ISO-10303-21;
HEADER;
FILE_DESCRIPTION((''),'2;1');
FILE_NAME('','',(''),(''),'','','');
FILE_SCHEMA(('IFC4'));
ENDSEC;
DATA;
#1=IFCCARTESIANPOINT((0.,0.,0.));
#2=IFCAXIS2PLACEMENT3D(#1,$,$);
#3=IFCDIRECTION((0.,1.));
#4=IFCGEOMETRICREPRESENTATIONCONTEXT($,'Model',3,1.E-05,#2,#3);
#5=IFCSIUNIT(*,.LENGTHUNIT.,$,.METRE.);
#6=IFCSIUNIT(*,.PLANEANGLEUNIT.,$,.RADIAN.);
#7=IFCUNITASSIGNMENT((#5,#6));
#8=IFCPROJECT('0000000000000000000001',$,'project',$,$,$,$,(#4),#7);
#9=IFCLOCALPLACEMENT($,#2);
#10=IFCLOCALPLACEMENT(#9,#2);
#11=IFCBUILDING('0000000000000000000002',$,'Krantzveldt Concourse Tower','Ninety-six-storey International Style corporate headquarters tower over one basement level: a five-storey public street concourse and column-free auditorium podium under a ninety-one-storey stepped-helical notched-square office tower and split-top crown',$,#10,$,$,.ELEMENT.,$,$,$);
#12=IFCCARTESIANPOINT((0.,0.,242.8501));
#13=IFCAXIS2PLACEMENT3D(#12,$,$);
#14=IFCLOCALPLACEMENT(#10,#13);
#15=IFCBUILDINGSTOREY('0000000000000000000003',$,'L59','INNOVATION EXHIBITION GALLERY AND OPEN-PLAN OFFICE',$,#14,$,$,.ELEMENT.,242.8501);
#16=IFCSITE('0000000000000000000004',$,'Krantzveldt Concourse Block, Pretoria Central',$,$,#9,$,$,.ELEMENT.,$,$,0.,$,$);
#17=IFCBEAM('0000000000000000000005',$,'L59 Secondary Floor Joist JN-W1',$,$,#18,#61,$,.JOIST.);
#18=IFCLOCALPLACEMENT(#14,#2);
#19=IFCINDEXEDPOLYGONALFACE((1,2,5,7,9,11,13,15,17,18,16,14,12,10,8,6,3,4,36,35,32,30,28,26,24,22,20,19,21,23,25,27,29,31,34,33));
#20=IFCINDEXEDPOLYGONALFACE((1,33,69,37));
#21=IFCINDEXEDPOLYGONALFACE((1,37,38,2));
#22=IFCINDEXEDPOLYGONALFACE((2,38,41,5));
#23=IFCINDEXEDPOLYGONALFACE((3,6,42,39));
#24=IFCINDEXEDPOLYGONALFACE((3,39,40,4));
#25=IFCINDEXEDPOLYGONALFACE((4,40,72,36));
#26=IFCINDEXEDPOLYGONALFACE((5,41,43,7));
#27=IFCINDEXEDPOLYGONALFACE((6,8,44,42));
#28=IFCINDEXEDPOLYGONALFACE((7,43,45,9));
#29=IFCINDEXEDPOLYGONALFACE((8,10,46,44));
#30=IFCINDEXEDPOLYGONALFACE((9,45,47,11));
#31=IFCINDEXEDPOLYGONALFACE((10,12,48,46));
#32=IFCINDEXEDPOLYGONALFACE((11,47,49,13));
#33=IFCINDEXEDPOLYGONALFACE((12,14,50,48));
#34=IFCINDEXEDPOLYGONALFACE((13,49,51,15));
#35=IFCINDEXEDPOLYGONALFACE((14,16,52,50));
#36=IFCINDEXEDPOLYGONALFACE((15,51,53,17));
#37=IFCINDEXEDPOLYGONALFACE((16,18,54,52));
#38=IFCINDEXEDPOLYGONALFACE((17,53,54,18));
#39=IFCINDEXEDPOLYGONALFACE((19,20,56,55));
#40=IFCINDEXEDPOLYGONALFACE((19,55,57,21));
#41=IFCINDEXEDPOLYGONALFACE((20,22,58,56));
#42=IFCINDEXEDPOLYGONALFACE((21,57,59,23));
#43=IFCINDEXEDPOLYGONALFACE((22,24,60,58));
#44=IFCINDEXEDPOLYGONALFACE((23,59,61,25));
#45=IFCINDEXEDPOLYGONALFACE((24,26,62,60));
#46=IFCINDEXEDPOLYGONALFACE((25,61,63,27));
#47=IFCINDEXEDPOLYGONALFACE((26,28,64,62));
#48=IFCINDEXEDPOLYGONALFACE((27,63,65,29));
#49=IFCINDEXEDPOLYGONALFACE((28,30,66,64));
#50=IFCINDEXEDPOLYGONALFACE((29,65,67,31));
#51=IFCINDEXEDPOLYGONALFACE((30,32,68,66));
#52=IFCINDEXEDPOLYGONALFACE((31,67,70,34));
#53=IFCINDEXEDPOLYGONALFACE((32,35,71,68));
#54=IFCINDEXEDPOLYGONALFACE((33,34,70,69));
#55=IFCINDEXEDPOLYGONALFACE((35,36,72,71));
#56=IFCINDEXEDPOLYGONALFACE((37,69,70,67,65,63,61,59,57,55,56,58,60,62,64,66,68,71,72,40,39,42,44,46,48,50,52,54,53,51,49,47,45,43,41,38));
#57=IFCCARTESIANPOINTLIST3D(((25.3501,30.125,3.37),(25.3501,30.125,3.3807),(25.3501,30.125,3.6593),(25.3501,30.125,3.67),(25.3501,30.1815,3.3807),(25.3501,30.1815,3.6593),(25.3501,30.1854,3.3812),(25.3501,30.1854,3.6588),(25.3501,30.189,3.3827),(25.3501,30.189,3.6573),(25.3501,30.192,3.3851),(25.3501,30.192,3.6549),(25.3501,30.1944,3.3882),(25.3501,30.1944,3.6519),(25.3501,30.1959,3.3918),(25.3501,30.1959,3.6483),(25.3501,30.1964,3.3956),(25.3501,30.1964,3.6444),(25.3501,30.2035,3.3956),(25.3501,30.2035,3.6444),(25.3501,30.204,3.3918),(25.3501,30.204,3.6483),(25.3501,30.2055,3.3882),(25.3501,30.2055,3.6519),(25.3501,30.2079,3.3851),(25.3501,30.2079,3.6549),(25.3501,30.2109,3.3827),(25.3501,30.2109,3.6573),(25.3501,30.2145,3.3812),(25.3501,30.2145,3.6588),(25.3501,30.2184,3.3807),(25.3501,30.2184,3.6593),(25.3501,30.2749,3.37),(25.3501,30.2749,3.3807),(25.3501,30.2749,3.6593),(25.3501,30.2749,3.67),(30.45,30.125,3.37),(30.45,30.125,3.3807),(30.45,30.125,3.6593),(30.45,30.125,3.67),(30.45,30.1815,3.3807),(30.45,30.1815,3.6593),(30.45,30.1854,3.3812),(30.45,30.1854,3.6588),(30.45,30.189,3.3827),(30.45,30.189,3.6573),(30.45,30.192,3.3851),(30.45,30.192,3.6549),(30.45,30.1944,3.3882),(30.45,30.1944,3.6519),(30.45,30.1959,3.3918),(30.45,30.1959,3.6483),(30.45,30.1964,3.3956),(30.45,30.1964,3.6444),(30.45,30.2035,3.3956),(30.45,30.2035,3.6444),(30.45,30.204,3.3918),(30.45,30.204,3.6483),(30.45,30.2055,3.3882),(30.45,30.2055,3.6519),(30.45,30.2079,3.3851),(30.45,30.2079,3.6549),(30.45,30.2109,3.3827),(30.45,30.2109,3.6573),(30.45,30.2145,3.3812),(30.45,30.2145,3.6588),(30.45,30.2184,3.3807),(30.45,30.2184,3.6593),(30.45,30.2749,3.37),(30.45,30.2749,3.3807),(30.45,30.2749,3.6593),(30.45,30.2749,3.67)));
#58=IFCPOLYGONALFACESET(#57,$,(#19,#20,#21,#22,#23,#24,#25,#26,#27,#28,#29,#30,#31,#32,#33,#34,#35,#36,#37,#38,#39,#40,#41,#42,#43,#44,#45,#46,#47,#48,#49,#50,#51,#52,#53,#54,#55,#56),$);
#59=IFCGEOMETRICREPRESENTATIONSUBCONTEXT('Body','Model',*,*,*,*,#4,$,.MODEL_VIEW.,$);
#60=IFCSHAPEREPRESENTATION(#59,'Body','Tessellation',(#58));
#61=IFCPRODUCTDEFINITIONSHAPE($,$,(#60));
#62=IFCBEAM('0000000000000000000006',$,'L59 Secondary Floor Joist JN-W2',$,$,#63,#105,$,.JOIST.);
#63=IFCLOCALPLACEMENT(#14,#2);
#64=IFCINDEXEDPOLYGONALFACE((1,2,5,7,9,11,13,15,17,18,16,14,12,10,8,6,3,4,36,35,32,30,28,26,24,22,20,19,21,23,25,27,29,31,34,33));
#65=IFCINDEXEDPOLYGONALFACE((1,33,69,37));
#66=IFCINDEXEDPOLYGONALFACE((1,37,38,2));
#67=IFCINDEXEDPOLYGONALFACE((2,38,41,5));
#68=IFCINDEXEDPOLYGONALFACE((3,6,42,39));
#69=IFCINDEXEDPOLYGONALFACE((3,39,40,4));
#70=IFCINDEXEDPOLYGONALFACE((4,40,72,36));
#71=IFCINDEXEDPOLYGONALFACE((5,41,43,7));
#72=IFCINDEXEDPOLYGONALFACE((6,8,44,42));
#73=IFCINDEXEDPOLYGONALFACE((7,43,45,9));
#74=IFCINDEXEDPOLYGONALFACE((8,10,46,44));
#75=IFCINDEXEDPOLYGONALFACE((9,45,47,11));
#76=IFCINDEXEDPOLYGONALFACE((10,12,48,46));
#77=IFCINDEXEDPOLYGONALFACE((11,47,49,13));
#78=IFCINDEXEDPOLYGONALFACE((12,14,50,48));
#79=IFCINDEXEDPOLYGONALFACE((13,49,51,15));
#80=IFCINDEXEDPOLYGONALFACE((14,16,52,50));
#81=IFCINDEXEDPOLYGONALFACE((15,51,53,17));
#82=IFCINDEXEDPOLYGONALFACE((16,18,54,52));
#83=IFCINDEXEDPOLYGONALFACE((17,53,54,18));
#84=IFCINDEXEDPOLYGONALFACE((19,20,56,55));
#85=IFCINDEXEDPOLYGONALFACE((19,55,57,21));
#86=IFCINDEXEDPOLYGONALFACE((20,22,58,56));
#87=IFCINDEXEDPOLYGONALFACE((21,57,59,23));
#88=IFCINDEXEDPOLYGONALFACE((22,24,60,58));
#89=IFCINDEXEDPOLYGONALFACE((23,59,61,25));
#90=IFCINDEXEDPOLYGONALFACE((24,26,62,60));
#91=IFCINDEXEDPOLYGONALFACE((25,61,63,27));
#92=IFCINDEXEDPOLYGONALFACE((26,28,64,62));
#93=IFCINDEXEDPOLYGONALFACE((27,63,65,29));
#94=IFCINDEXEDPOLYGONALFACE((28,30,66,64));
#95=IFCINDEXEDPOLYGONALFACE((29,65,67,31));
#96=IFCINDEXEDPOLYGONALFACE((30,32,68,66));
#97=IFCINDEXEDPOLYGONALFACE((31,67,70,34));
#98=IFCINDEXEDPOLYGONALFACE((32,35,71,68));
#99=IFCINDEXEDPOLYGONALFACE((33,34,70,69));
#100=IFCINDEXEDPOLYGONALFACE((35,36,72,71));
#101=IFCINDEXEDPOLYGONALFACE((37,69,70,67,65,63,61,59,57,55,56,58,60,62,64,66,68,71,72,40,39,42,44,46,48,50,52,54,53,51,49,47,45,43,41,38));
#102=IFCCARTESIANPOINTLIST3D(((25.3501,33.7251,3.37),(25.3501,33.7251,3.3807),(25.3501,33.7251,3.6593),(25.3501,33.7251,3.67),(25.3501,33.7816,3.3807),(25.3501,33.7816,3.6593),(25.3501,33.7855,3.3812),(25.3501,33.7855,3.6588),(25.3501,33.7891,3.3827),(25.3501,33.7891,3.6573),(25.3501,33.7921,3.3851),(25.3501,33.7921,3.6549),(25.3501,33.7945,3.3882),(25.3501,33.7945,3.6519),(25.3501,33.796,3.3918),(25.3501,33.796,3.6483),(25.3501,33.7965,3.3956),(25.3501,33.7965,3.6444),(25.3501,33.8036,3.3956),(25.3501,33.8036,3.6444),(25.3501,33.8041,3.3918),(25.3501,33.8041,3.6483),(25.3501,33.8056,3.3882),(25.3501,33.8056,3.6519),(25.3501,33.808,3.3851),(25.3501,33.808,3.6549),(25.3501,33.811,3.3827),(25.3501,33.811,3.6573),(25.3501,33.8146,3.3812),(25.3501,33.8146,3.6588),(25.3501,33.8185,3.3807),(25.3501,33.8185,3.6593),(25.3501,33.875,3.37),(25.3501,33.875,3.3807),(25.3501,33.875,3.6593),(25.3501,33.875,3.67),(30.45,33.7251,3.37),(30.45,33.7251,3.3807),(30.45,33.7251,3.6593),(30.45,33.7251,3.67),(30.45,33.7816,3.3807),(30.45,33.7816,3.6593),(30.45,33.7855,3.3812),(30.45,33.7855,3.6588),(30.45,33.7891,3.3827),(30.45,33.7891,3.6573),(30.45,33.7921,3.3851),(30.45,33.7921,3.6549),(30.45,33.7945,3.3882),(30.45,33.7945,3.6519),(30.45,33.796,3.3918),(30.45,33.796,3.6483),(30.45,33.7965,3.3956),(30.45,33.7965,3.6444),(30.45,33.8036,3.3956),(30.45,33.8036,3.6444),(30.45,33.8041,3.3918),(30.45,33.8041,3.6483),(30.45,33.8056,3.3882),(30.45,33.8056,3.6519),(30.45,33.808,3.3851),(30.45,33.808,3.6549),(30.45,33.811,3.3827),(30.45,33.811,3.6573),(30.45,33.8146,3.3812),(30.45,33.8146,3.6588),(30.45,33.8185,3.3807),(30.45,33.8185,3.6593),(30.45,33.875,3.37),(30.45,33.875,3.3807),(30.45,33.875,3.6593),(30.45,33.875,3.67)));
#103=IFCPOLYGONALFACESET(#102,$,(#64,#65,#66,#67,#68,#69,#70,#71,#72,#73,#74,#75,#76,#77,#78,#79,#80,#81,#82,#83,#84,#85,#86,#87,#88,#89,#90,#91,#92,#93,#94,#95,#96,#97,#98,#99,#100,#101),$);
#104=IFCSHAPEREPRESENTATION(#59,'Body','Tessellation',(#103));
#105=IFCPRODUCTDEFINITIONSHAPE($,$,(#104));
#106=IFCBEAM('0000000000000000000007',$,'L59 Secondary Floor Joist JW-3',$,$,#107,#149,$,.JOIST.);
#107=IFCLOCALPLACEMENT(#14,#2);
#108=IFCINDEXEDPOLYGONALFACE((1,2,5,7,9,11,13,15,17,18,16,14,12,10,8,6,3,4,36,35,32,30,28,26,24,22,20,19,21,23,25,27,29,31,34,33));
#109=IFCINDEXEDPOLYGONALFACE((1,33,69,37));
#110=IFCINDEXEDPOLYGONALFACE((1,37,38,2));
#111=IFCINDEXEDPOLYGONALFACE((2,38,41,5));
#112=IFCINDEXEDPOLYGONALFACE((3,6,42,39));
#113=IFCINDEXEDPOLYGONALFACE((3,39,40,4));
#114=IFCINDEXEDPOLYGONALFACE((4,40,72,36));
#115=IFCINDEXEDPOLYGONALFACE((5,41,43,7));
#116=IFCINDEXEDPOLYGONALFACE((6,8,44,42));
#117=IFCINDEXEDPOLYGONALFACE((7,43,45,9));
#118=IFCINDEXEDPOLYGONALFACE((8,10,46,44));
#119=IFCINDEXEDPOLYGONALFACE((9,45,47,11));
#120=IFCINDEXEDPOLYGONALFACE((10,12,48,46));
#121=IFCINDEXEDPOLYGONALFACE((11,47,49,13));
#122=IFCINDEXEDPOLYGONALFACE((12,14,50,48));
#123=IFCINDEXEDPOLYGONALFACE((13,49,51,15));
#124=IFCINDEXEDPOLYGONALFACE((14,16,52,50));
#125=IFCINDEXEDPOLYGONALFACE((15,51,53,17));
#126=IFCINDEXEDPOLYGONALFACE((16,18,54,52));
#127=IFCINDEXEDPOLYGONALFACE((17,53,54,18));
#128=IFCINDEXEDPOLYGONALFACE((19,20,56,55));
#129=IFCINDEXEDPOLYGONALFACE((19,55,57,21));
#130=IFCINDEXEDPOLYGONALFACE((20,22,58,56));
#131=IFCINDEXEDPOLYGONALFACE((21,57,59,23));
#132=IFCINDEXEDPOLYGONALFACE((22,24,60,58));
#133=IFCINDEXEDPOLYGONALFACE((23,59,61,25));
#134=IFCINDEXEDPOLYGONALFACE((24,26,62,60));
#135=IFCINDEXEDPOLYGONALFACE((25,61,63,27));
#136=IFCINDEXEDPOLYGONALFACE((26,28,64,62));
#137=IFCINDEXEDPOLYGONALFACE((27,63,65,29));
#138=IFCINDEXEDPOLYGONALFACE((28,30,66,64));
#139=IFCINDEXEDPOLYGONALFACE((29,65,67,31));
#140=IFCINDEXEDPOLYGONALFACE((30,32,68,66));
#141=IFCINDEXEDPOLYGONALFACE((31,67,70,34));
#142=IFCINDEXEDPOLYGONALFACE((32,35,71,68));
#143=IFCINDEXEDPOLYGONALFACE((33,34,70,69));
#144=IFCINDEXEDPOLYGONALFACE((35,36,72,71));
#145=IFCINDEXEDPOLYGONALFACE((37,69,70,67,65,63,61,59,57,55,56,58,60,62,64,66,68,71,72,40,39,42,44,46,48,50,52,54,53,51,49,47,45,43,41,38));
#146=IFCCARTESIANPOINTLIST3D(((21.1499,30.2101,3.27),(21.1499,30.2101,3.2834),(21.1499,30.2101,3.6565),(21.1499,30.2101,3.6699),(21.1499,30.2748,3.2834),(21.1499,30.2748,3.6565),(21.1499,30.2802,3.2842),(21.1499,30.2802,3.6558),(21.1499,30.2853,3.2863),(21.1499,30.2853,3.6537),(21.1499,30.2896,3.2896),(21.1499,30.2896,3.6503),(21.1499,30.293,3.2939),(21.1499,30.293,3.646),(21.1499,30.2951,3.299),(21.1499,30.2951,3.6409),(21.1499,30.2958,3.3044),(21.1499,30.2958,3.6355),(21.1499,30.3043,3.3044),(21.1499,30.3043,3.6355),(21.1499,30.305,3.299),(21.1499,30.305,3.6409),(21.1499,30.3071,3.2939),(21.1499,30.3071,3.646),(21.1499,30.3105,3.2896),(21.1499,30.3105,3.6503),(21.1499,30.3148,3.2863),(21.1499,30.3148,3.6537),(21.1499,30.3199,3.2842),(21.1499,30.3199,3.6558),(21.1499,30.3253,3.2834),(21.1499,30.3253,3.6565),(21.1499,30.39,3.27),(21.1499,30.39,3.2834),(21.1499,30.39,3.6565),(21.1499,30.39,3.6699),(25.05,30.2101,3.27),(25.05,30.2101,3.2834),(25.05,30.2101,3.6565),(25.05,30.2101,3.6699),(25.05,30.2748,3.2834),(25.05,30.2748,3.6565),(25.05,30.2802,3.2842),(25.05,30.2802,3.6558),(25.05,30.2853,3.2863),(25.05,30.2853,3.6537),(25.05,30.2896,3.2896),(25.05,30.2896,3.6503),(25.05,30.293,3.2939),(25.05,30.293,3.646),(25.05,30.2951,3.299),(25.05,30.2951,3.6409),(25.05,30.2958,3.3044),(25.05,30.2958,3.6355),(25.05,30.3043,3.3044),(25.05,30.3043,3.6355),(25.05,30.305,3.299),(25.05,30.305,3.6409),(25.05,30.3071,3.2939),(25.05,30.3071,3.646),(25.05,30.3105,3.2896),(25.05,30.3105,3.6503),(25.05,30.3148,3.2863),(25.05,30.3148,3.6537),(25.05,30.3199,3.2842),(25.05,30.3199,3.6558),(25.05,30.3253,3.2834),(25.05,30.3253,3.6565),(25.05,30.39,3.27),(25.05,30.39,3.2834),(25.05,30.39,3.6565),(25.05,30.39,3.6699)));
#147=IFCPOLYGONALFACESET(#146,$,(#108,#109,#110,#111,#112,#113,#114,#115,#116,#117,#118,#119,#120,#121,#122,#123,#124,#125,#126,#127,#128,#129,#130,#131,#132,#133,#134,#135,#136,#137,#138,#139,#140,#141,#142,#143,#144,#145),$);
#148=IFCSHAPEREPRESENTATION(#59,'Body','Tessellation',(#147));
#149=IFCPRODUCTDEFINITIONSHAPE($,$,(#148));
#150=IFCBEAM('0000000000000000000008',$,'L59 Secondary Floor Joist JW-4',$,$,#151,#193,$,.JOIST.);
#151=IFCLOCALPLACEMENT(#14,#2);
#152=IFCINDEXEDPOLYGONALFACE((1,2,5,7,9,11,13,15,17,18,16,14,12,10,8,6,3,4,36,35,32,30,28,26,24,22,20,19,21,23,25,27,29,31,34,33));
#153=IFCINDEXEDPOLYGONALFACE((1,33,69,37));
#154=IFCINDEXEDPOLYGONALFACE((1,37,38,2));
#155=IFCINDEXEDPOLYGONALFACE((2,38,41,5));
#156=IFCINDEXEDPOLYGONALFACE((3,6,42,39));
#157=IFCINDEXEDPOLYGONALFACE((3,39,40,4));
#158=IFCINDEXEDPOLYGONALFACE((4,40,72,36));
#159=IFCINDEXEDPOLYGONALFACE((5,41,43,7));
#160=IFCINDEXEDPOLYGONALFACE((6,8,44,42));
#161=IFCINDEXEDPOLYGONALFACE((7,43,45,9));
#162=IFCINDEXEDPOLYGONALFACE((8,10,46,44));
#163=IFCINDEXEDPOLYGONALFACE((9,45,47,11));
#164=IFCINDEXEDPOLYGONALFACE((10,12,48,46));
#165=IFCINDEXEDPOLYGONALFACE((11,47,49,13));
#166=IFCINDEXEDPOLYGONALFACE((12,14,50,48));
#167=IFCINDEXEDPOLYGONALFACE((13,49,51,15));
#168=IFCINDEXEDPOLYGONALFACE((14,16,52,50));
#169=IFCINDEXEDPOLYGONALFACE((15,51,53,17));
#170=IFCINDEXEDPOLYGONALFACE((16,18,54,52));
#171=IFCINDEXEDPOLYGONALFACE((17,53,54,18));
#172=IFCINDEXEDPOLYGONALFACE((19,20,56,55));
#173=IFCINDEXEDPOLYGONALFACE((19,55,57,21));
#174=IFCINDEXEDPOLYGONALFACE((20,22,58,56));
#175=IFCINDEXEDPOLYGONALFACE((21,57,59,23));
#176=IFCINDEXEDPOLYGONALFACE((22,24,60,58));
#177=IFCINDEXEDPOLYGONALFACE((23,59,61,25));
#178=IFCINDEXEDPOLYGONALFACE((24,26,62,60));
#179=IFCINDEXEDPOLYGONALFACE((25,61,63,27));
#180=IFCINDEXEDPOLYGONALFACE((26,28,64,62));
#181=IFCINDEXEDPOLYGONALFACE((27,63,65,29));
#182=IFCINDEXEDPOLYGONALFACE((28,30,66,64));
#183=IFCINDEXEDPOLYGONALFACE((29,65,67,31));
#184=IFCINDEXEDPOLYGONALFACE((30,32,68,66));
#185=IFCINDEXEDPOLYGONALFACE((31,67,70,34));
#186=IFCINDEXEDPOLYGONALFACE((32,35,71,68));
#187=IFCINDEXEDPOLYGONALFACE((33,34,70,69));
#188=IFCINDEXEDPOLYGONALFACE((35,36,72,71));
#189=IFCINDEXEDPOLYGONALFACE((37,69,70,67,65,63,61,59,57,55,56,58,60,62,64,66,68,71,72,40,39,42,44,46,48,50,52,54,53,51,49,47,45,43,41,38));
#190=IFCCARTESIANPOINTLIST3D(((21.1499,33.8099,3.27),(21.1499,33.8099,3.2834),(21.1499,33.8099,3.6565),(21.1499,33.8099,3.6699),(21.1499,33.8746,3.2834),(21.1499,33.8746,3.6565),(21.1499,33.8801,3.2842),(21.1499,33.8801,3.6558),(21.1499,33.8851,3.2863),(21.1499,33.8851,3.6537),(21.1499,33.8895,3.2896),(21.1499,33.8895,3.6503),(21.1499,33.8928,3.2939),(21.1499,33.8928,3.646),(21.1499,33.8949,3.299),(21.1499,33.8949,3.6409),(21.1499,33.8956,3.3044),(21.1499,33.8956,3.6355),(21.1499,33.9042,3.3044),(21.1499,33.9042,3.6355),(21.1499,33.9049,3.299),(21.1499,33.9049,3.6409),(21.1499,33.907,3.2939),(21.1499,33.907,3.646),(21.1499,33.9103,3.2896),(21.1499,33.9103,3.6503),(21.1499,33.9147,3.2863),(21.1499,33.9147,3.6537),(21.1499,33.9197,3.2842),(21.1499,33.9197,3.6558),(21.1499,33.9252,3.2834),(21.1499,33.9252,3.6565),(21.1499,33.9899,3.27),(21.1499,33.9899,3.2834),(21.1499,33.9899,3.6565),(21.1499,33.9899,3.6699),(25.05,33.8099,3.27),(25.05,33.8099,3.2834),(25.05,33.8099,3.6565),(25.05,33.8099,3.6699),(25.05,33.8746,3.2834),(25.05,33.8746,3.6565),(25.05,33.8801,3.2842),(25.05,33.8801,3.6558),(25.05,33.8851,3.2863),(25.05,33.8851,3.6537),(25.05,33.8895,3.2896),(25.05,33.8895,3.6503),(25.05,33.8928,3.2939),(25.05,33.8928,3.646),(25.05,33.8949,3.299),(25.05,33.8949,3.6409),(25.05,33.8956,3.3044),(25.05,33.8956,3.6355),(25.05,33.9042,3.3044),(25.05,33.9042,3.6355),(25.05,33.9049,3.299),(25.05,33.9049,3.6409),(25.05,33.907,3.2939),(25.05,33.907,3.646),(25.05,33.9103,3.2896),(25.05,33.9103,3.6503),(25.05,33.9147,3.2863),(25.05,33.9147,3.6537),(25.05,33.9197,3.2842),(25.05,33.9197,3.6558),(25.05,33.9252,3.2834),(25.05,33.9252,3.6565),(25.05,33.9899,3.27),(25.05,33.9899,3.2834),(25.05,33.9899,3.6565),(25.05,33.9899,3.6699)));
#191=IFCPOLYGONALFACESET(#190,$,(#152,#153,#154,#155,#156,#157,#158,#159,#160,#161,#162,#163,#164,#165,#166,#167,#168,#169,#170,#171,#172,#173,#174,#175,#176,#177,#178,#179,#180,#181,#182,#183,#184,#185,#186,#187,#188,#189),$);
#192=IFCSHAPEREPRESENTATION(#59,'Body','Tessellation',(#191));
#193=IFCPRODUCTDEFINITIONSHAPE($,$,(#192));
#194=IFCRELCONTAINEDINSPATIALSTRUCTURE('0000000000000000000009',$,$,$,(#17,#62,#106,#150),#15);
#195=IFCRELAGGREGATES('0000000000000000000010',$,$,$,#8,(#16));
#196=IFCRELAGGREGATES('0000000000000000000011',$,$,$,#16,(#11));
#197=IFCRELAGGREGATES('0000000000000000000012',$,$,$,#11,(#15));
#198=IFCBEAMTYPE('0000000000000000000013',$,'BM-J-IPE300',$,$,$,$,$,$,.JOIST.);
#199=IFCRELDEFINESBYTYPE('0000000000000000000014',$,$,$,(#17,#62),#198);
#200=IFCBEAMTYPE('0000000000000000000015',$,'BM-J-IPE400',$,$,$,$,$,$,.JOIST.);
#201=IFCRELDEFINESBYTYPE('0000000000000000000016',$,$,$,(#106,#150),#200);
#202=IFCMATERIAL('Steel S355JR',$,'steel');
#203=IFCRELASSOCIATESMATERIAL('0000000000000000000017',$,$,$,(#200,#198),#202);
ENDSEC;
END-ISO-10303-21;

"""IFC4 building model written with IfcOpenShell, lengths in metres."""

from ifc_helpers import new_model, si_unit, direction, frame, origin, origin_2d, place, context, subcontext, project, spatial, i_section, extrude, source, transform, mapped, material, material_profile, profile_set, type_object, type_shapes, element, save


model = new_model("IFC4")

# Units and contexts
model_context = context("Model", 3, precision=1e-05, world=origin(), true_north=direction((0.0, 1.0)))
body_context = subcontext(model_context, "Body", "Model", "MODEL_VIEW")
ifc_project = project(units=[si_unit("LENGTHUNIT", "METRE"), si_unit("PLANEANGLEUNIT", "RADIAN")], contexts=[model_context])

# Site, building, storey
site_placement = place(None, origin())
site = spatial("IfcSite", under=ifc_project, at=site_placement, Name="Krantzveldt Concourse Block, Pretoria Central", CompositionType="ELEMENT", RefElevation=0.0)
building_placement = place(site_placement, origin())
building = spatial("IfcBuilding", under=site, at=building_placement, Name="Krantzveldt Concourse Tower", Description="Ninety-six-storey International Style corporate headquarters tower over one basement level: a five-storey public street concourse and column-free auditorium podium under a ninety-one-storey stepped-helical notched-square office tower and split-top crown", CompositionType="ELEMENT")
storey_placement = place(building_placement, frame((0.0, 0.0, 242.8501)))
storey = spatial("IfcBuildingStorey", under=building, at=storey_placement, Name="L59", Description="INNOVATION EXHIBITION GALLERY AND OPEN-PLAN OFFICE", CompositionType="ELEMENT", Elevation=242.8501)

# Beams
ifc_material_1 = material(Name="Steel S355JR", Category="steel")
ifc_material_profile_1 = material_profile(ifc_material_1, i_section(OverallWidth=0.1799, OverallDepth=0.3999, WebThickness=0.0085, FlangeThickness=0.0134, FilletRadius=0.021, at=origin_2d()), Name="Steel S355JR", Category="steel")
ifc_profile_set_1 = profile_set([ifc_material_profile_1], Name="Steel S355JR - IPE 400")
beam_type_1 = type_object("IfcBeamType", Name="BM-J-IPE400", PredefinedType="JOIST", material=ifc_profile_set_1)
ifc_material_profile_2 = material_profile(ifc_material_1, i_section(OverallWidth=0.1499, OverallDepth=0.3, WebThickness=0.0071, FlangeThickness=0.0107, FilletRadius=0.0149, at=origin_2d()), Name="Steel S355JR", Category="steel")
ifc_profile_set_2 = profile_set([ifc_material_profile_2], Name="Steel S355JR - IPE 300")
beam_type_2 = type_object("IfcBeamType", Name="BM-J-IPE300", PredefinedType="JOIST", material=ifc_profile_set_2)
shared_shape_1 = source(origin(), body_context, "Body", "SweptSolid", [
    extrude(i_section(OverallWidth=0.1499, OverallDepth=0.3, WebThickness=0.0071, FlangeThickness=0.0107, FilletRadius=0.0149, at=origin_2d()), origin(), (0.0, 0.0, 1.0), 5.0999),
])
type_shapes(beam_type_2, [shared_shape_1])
for number, where, z_axis, x_axis, name in (
    (1, (25.3501, 30.2, 3.52), (1.0, 0.0, 0.0), (0.0, 1.0, 0.0), "L59 Secondary Floor Joist JN-W1"),
    (2, (25.3501, 33.8, 3.52), (1.0, 0.0, 0.0), (0.0, 1.0, 0.0), "L59 Secondary Floor Joist JN-W2"),
):
    element("IfcBeam", number, at=place(storey_placement, frame(where, z_axis=z_axis, x_axis=x_axis)), inside=storey, type_object=beam_type_2, Name=name, PredefinedType="JOIST", context=body_context, shape_type="MappedRepresentation", body=[
        mapped(shared_shape_1, transform((0.0, 0.0, 0.0), x_axis=(1.0, 0.0, 0.0), y_axis=(0.0, 1.0, 0.0), z_axis=(0.0, 0.0, 1.0), scale=1.0)),
    ])
shared_shape_2 = source(origin(), body_context, "Body", "SweptSolid", [
    extrude(i_section(OverallWidth=0.1799, OverallDepth=0.3999, WebThickness=0.0085, FlangeThickness=0.0134, FilletRadius=0.021, at=origin_2d()), origin(), (0.0, 0.0, 1.0), 3.9001),
])
for number, where, z_axis, x_axis, name in (
    (3, (21.1499, 30.3, 3.47), (1.0, 0.0, 0.0), (0.0, 1.0, 0.0), "L59 Secondary Floor Joist JW-3"),
    (4, (21.1499, 33.8999, 3.47), (1.0, 0.0, 0.0), (0.0, 1.0, 0.0), "L59 Secondary Floor Joist JW-4"),
):
    element("IfcBeam", number, at=place(storey_placement, frame(where, z_axis=z_axis, x_axis=x_axis)), inside=storey, type_object=beam_type_1, Name=name, PredefinedType="JOIST", context=body_context, shape_type="MappedRepresentation", body=[
        mapped(shared_shape_2, transform((0.0, 0.0, 0.0), x_axis=(1.0, 0.0, 0.0), y_axis=(0.0, 1.0, 0.0), z_axis=(0.0, 0.0, 1.0), scale=1.0)),
    ])

save(model, "model.ifc")
